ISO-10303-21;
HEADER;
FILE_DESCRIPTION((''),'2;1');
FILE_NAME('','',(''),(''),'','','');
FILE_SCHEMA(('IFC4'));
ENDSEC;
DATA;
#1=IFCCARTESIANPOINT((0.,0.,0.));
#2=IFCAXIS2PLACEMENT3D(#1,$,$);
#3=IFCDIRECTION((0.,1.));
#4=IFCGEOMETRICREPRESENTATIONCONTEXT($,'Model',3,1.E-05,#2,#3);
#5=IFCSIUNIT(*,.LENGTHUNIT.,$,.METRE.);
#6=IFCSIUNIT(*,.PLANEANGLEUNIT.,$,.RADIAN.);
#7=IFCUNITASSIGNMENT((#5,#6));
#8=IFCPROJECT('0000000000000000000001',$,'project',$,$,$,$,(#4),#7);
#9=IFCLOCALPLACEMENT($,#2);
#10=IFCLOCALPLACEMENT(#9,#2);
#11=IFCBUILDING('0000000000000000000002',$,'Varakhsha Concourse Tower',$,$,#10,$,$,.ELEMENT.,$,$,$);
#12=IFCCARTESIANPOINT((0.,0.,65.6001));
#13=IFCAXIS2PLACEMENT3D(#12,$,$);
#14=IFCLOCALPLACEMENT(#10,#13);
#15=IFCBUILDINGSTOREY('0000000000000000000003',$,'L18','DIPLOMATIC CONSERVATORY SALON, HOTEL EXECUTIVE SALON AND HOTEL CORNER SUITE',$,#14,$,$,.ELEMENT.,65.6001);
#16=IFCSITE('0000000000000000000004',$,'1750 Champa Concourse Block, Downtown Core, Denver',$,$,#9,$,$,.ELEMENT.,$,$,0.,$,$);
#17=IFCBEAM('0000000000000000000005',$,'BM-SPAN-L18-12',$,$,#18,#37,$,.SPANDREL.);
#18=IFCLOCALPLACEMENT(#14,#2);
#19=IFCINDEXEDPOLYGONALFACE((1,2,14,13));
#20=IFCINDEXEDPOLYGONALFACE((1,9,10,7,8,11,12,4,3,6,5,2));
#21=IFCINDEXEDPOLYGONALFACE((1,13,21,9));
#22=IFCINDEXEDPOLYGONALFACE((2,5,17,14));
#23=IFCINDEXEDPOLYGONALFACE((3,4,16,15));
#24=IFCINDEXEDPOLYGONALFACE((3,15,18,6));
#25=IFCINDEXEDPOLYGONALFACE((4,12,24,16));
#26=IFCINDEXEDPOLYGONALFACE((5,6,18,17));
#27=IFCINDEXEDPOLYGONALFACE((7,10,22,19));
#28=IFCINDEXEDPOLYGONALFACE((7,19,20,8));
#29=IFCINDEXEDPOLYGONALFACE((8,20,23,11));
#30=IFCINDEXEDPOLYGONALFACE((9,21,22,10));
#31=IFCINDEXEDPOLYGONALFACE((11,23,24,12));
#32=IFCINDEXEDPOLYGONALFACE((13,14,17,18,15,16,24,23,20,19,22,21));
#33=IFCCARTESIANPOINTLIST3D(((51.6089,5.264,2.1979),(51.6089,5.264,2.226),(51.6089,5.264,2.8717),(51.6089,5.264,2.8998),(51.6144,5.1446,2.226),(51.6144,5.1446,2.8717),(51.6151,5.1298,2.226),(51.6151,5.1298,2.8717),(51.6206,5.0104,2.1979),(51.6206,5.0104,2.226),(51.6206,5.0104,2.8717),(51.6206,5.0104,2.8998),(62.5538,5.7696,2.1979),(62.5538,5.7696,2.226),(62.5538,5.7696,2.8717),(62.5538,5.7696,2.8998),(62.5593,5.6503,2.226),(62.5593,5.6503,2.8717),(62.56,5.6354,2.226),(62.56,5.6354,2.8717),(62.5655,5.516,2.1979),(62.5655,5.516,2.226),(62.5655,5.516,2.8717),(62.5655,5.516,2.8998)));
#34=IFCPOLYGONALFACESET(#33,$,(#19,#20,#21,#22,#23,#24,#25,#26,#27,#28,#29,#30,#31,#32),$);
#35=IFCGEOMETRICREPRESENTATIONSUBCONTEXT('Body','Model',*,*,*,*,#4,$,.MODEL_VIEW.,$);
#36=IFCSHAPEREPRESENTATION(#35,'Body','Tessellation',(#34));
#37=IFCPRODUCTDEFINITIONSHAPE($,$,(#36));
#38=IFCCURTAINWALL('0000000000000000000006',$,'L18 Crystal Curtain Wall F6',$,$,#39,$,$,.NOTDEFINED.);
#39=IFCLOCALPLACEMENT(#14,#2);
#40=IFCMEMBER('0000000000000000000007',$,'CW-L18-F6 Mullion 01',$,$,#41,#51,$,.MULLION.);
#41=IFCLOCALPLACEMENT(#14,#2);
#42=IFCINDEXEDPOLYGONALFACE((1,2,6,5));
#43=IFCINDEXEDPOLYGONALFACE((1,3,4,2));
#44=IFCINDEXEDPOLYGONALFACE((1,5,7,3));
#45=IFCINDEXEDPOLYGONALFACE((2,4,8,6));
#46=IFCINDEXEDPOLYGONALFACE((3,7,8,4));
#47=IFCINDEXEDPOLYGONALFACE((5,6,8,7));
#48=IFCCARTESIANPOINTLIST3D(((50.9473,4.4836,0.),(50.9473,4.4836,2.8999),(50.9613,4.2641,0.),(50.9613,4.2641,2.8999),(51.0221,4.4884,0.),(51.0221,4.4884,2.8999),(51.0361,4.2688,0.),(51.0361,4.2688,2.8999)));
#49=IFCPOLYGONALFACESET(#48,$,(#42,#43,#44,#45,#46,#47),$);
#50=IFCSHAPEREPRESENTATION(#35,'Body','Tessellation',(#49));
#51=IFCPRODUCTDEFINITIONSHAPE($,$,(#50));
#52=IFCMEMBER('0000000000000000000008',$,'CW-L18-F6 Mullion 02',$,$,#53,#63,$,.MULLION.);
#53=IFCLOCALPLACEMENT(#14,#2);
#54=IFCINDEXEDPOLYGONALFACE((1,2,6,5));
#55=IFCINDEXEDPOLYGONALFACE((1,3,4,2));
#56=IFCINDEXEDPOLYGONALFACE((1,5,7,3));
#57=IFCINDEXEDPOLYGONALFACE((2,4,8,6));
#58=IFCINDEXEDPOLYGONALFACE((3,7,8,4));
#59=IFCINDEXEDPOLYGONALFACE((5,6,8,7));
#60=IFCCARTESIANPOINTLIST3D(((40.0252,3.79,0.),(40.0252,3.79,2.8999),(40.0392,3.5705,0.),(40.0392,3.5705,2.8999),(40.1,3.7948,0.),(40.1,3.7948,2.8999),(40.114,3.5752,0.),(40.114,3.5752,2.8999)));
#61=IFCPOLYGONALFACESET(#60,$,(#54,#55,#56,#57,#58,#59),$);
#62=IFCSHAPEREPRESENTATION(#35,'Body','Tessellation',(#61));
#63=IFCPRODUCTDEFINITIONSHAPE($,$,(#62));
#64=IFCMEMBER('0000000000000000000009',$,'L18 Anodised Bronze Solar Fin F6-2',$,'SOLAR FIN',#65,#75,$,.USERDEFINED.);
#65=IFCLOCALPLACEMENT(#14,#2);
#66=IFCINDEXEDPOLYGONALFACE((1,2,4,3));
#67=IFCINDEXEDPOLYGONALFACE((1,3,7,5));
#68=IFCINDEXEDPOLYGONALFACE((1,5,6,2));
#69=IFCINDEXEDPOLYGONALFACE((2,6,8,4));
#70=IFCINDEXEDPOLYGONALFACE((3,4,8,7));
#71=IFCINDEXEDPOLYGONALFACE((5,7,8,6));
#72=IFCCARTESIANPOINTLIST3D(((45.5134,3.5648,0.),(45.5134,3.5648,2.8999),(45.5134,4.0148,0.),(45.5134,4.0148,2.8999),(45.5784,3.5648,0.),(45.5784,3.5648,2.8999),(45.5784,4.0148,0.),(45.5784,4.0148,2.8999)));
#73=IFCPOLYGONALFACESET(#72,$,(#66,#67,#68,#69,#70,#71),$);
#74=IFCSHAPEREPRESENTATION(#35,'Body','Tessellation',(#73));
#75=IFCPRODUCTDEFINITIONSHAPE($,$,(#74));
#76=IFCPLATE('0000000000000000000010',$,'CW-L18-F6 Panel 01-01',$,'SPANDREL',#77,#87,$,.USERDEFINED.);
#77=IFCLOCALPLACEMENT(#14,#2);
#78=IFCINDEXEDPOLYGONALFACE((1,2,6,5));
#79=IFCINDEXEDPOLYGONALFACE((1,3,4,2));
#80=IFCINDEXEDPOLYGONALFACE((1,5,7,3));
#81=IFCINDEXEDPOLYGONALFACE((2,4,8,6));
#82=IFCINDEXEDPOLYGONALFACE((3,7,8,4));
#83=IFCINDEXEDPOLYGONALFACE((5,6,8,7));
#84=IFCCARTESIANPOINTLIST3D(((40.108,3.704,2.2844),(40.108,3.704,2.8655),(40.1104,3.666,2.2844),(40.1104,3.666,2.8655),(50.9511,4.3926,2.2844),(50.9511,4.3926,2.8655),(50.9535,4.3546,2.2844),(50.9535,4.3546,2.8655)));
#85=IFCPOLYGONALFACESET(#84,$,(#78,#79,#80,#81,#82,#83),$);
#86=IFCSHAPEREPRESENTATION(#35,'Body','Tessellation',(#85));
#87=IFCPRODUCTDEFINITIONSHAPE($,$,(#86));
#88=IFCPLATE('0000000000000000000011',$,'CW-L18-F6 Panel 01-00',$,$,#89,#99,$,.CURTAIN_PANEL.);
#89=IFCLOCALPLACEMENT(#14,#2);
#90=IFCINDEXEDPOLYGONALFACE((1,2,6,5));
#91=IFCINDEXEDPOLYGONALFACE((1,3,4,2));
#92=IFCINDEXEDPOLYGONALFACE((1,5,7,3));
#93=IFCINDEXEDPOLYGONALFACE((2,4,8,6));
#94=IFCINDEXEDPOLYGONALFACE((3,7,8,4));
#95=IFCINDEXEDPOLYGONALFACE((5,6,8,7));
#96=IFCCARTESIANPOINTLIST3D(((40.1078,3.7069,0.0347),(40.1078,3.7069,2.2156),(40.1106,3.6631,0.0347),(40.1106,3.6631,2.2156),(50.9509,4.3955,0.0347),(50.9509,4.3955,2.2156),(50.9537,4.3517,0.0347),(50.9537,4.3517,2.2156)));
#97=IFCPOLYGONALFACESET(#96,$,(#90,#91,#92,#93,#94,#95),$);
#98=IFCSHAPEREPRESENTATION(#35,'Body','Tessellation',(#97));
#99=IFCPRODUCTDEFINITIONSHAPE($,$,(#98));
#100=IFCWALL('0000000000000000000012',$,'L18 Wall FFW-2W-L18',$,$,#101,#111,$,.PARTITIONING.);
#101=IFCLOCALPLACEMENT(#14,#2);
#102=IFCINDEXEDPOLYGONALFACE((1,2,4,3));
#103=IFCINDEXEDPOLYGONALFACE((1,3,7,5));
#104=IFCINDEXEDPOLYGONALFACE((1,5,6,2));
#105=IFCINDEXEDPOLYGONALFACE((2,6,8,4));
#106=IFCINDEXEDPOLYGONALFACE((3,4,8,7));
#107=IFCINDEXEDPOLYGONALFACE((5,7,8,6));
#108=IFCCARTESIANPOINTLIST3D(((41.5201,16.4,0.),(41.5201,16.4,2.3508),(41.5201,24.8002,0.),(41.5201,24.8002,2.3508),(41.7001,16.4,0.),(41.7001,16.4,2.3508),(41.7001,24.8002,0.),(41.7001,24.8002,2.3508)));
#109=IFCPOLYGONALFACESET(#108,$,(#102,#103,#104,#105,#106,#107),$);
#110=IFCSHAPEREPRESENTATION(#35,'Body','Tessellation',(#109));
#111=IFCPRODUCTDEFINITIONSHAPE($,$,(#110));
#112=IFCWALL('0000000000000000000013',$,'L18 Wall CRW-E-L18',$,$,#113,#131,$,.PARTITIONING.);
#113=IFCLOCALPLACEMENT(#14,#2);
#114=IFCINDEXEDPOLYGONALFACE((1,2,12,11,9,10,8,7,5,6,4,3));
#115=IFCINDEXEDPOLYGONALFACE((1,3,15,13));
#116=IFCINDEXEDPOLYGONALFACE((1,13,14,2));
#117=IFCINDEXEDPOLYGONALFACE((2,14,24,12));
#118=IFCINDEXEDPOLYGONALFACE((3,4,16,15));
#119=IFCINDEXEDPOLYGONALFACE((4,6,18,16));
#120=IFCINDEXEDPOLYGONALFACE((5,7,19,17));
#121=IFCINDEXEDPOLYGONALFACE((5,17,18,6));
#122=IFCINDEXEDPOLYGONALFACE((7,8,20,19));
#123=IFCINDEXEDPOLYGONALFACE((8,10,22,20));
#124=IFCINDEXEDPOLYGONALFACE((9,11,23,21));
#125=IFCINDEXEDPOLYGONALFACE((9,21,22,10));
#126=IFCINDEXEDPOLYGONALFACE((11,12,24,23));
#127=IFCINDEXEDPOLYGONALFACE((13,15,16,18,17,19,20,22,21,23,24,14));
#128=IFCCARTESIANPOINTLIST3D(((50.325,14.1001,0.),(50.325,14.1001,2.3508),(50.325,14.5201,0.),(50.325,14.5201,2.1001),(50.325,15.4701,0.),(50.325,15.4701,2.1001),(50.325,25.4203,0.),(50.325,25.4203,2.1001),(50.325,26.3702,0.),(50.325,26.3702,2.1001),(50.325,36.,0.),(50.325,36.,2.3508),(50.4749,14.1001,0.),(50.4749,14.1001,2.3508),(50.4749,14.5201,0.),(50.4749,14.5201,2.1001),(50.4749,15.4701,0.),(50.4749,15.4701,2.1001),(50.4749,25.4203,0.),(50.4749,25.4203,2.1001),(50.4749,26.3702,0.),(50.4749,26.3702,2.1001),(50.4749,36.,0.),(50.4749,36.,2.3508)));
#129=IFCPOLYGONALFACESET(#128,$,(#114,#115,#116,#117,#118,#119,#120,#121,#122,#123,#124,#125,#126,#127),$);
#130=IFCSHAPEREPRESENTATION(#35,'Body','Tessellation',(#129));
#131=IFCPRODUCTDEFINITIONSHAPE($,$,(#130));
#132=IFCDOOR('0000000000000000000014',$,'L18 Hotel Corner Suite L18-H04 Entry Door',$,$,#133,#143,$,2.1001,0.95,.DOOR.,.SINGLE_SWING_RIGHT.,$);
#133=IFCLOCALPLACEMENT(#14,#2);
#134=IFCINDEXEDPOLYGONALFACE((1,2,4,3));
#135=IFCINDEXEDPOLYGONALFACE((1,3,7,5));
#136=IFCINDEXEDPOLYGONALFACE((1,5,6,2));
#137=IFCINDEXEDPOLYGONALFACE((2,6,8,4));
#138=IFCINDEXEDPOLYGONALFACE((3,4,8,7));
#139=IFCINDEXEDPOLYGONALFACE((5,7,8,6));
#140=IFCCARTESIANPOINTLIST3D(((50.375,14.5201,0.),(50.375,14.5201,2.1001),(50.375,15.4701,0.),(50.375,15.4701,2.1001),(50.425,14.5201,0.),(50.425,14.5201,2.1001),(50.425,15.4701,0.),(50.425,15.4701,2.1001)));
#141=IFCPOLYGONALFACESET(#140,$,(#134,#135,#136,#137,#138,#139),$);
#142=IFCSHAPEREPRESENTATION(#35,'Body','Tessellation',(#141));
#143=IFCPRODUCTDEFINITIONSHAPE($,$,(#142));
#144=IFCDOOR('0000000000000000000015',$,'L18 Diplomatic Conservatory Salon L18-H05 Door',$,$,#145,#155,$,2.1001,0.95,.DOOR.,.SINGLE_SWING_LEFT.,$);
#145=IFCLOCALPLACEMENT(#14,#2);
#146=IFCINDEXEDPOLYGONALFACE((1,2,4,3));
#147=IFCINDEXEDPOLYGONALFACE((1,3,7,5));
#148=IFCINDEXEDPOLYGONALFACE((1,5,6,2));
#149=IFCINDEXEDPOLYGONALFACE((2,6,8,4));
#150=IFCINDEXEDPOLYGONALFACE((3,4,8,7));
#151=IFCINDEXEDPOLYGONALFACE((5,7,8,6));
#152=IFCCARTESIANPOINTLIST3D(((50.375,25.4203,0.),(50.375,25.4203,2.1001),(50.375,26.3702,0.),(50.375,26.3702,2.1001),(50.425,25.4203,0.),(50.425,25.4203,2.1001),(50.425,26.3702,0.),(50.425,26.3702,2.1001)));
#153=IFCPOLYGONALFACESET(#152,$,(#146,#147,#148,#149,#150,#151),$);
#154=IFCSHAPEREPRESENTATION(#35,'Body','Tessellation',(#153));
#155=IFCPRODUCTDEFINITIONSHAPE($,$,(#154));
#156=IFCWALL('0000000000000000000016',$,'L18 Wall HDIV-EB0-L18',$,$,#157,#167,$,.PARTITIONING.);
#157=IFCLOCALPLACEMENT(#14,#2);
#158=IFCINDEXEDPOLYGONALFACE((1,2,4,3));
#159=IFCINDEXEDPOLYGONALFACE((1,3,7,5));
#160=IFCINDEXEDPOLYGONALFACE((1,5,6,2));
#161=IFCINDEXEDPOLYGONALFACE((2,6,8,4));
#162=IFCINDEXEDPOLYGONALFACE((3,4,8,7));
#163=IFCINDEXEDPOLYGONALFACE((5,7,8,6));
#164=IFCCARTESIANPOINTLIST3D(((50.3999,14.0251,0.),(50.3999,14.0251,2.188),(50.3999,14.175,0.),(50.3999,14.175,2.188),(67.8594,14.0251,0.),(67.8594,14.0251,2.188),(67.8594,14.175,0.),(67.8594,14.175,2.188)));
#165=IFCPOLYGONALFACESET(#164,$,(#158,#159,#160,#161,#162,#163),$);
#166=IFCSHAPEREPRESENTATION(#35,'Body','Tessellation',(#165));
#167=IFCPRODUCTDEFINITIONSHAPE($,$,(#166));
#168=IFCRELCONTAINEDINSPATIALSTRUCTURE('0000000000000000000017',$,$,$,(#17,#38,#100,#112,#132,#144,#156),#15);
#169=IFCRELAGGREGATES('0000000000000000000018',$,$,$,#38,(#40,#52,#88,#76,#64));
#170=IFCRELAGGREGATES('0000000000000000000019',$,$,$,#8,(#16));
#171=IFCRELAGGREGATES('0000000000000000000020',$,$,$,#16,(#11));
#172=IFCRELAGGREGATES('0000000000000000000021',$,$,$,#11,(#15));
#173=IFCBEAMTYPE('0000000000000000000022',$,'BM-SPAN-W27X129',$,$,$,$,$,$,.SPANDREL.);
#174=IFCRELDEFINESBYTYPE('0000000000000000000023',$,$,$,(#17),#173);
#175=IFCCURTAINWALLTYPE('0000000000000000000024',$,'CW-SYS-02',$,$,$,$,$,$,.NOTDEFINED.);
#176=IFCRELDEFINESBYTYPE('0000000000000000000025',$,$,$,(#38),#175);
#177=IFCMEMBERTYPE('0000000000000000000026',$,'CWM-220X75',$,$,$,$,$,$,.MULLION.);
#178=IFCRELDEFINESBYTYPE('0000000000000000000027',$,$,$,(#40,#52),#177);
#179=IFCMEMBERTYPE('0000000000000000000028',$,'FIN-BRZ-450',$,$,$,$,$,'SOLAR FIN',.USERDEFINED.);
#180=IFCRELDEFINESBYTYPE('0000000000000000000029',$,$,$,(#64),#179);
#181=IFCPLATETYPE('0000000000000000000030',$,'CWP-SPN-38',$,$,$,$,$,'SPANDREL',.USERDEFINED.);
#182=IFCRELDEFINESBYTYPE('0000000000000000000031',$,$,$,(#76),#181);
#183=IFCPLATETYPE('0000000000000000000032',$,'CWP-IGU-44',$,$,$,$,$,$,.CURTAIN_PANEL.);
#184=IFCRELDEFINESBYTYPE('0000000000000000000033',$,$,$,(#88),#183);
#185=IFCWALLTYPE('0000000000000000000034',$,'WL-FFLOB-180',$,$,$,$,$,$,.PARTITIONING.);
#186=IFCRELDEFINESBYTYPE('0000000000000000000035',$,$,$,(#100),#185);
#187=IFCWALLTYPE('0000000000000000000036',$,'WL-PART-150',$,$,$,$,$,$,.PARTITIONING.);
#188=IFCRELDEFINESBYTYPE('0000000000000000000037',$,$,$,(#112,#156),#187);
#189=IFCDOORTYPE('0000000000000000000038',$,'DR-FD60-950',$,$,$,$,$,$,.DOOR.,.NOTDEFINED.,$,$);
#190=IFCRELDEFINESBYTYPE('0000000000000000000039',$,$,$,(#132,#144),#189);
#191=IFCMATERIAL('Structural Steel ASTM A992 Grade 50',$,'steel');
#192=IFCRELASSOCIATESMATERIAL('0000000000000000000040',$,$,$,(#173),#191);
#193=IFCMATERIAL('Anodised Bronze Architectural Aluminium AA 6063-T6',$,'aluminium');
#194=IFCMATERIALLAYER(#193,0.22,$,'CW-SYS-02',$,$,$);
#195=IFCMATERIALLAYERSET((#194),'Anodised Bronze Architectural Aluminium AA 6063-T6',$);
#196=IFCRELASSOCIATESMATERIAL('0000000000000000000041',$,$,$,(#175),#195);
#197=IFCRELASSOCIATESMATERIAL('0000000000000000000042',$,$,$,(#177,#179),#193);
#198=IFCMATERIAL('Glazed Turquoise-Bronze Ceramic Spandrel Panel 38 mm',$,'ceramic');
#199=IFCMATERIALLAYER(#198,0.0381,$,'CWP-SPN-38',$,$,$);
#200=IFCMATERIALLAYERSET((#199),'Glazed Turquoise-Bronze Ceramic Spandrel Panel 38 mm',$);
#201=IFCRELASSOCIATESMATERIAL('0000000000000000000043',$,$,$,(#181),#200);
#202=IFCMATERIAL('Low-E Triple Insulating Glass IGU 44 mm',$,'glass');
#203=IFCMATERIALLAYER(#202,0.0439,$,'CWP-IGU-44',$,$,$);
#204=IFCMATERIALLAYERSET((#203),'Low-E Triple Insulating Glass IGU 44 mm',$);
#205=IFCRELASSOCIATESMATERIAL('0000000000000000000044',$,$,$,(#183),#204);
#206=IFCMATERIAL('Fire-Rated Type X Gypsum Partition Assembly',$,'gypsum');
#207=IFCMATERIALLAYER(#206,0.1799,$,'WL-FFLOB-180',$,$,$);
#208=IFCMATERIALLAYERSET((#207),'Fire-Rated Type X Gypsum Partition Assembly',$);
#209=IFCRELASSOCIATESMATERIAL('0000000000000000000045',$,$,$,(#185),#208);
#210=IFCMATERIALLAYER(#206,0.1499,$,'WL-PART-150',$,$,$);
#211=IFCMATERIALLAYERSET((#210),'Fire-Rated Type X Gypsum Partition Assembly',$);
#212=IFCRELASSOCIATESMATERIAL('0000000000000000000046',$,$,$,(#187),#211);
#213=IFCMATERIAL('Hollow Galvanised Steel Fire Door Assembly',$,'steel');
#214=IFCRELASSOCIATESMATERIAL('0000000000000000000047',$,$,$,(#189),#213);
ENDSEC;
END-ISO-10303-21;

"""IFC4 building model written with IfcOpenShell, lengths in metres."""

from ifc_helpers import new_model, si_unit, direction, frame, frame_2d, origin, origin_2d, place, context, subcontext, project, spatial, rectangle, i_section, extrude, source, transform, mapped, material, layer, layer_set, material_profile, profile_set, type_object, type_shapes, element, fill, aggregate, save


model = new_model("IFC4")

# Units and contexts
model_context = context("Model", 3, precision=1e-05, world=origin(), true_north=direction((0.0, 1.0)))
body_context = subcontext(model_context, "Body", "Model", "MODEL_VIEW")
ifc_project = project(units=[si_unit("LENGTHUNIT", "METRE"), si_unit("PLANEANGLEUNIT", "RADIAN")], contexts=[model_context])

# Site, building, storey
site_placement = place(None, origin())
site = spatial("IfcSite", under=ifc_project, at=site_placement, Name="1750 Champa Concourse Block, Downtown Core, Denver", CompositionType="ELEMENT", RefElevation=0.0)
building_placement = place(site_placement, origin())
building = spatial("IfcBuilding", under=site, at=building_placement, Name="Varakhsha Concourse Tower", CompositionType="ELEMENT")
storey_placement = place(building_placement, frame((0.0, 0.0, 65.6001)))
storey = spatial("IfcBuildingStorey", under=building, at=storey_placement, Name="L18", Description="DIPLOMATIC CONSERVATORY SALON, HOTEL EXECUTIVE SALON AND HOTEL CORNER SUITE", CompositionType="ELEMENT", Elevation=65.6001)

# Shared definitions
ifc_material_1 = material(Name="Structural Steel ASTM A992 Grade 50", Category="steel")

# Beam
ifc_material_profile_1 = material_profile(ifc_material_1, i_section(OverallWidth=0.2539, OverallDepth=0.7019, WebThickness=0.0149, FlangeThickness=0.0281, at=origin_2d()), Name="W27X129")
ifc_profile_set_1 = profile_set([ifc_material_profile_1], Name="Structural Steel ASTM A992 Grade 50")
beam_type_1 = type_object("IfcBeamType", Name="BM-SPAN-W27X129", PredefinedType="SPANDREL", material=ifc_profile_set_1)
beam_1_placement = place(storey_placement, frame((51.6147, 5.1372, 2.5488), z_axis=(0.998935, 0.046148, 0.0), x_axis=(-0.046148, 0.998935, 0.0)))
element("IfcBeam", 1, at=beam_1_placement, inside=storey, type_object=beam_type_1, Name="BM-SPAN-L18-12", PredefinedType="SPANDREL", context=body_context, shape_type="SweptSolid", body=[
    extrude(i_section(OverallWidth=0.2539, OverallDepth=0.7019, WebThickness=0.0149, FlangeThickness=0.0281, at=origin_2d()), origin(), (0.0, 0.0, 1.0), 10.9565),
])

# Curtain wall, members, plates
ifc_material_2 = material(Name="Anodised Bronze Architectural Aluminium AA 6063-T6", Category="aluminium")
ifc_layer_1 = layer(ifc_material_2, 0.22, Name="CW-SYS-02")
ifc_layer_set_1 = layer_set([ifc_layer_1], Name="Anodised Bronze Architectural Aluminium AA 6063-T6")
curtain_wall_type = type_object("IfcCurtainWallType", Name="CW-SYS-02", PredefinedType="NOTDEFINED", material=ifc_layer_set_1)
curtain_wall_placement = place(storey_placement, origin())
curtain_wall = element("IfcCurtainWall", 2, at=curtain_wall_placement, inside=storey, type_object=curtain_wall_type, Name="L18 Crystal Curtain Wall F6", PredefinedType="NOTDEFINED")
ifc_material_profile_2 = material_profile(ifc_material_2, rectangle(XDim=0.075, YDim=0.22, at=origin_2d()), Name="CWM-220X75")
ifc_profile_set_2 = profile_set([ifc_material_profile_2], Name="Anodised Bronze Architectural Aluminium AA 6063-T6")
member_type_1 = type_object("IfcMemberType", Name="CWM-220X75", PredefinedType="MULLION", material=ifc_profile_set_2)
shared_shape_1 = source(origin(), body_context, "Body", "SweptSolid", [
    extrude(rectangle(XDim=0.075, YDim=0.22, at=origin_2d()), origin(), (0.0, 0.0, 1.0), 2.8999),
])
type_shapes(member_type_1, [shared_shape_1])
member_1_placement = place(storey_placement, frame((50.9917, 4.3762, 0.0), z_axis=(0.0, 0.0, 1.0), x_axis=(-0.99799, -0.063378, 0.0)))
member_1 = element("IfcMember", 3, at=member_1_placement, type_object=member_type_1, Name="CW-L18-F6 Mullion 01", PredefinedType="MULLION", context=body_context, shape_type="MappedRepresentation", body=[
    mapped(shared_shape_1, transform((0.0, 0.0, 0.0), scale=1.0)),
])
member_2_placement = place(storey_placement, frame((40.0696, 3.6826, 0.0), z_axis=(0.0, 0.0, 1.0), x_axis=(-0.99799, -0.063378, 0.0)))
member_2 = element("IfcMember", 4, at=member_2_placement, type_object=member_type_1, Name="CW-L18-F6 Mullion 02", PredefinedType="MULLION", context=body_context, shape_type="MappedRepresentation", body=[
    mapped(shared_shape_1, transform((0.0, 0.0, 0.0), scale=1.0)),
])
ifc_material_profile_3 = material_profile(ifc_material_2, rectangle(XDim=0.0649, YDim=0.45, at=origin_2d()), Name="FIN-BRZ-450")
ifc_profile_set_3 = profile_set([ifc_material_profile_3], Name="Anodised Bronze Architectural Aluminium AA 6063-T6")
member_type_2 = type_object("IfcMemberType", Name="FIN-BRZ-450", ElementType="SOLAR FIN", PredefinedType="USERDEFINED", material=ifc_profile_set_3)
shared_shape_2 = source(origin(), body_context, "Body", "SweptSolid", [
    extrude(rectangle(XDim=0.0649, YDim=0.45, at=origin_2d()), origin(), (0.0, 0.0, 1.0), 2.8999),
])
type_shapes(member_type_2, [shared_shape_2])
member_3_placement = place(storey_placement, frame((45.5459, 3.7898, 0.0), z_axis=(0.0, 0.0, 1.0), x_axis=(1.0, 0.0, 0.0)))
member_3 = element("IfcMember", 5, at=member_3_placement, type_object=member_type_2, Name="L18 Anodised Bronze Solar Fin F6-2", ObjectType="SOLAR FIN", PredefinedType="USERDEFINED", context=body_context, shape_type="MappedRepresentation", body=[
    mapped(shared_shape_2, transform((0.0, 0.0, 0.0), scale=1.0)),
])
ifc_material_3 = material(Name="Glazed Turquoise-Bronze Ceramic Spandrel Panel 38 mm", Category="ceramic")
ifc_layer_2 = layer(ifc_material_3, 0.0381, Name="CWP-SPN-38")
ifc_layer_set_2 = layer_set([ifc_layer_2], Name="Glazed Turquoise-Bronze Ceramic Spandrel Panel 38 mm")
plate_type_1 = type_object("IfcPlateType", Name="CWP-SPN-38", ElementType="SPANDREL", PredefinedType="USERDEFINED", material=ifc_layer_set_2)
shared_shape_3 = source(origin(), body_context, "Body", "SweptSolid", [
    extrude(rectangle(XDim=10.865, YDim=0.0381, at=origin_2d()), origin(), (0.0, 0.0, 1.0), 0.5811),
])
type_shapes(plate_type_1, [shared_shape_3])
plate_1_placement = place(storey_placement, frame((45.5308, 4.0293, 2.2844), z_axis=(0.0, 0.0, 1.0), x_axis=(-0.99799, -0.063378, 0.0)))
plate_1 = element("IfcPlate", 6, at=plate_1_placement, type_object=plate_type_1, Name="CW-L18-F6 Panel 01-01", ObjectType="SPANDREL", PredefinedType="USERDEFINED", context=body_context, shape_type="MappedRepresentation", body=[
    mapped(shared_shape_3, transform((0.0, 0.0, 0.0), scale=1.0)),
])
ifc_material_4 = material(Name="Low-E Triple Insulating Glass IGU 44 mm", Category="glass")
ifc_layer_3 = layer(ifc_material_4, 0.0439, Name="CWP-IGU-44")
ifc_layer_set_3 = layer_set([ifc_layer_3], Name="Low-E Triple Insulating Glass IGU 44 mm")
plate_type_2 = type_object("IfcPlateType", Name="CWP-IGU-44", PredefinedType="CURTAIN_PANEL", material=ifc_layer_set_3)
shared_shape_4 = source(origin(), body_context, "Body", "SweptSolid", [
    extrude(rectangle(XDim=10.865, YDim=0.0439, at=origin_2d()), origin(), (0.0, 0.0, 1.0), 2.1809),
])
type_shapes(plate_type_2, [shared_shape_4])
plate_2_placement = place(storey_placement, frame((45.5308, 4.0293, 0.0347), z_axis=(0.0, 0.0, 1.0), x_axis=(-0.99799, -0.063378, 0.0)))
plate_2 = element("IfcPlate", 7, at=plate_2_placement, type_object=plate_type_2, Name="CW-L18-F6 Panel 01-00", PredefinedType="CURTAIN_PANEL", context=body_context, shape_type="MappedRepresentation", body=[
    mapped(shared_shape_4, transform((0.0, 0.0, 0.0), scale=1.0)),
])
aggregate(curtain_wall, [member_1, member_2, plate_2, plate_1, member_3])

# Wall
ifc_material_5 = material(Name="Fire-Rated Type X Gypsum Partition Assembly", Category="gypsum")
ifc_layer_4 = layer(ifc_material_5, 0.1799, Name="WL-FFLOB-180")
ifc_layer_set_4 = layer_set([ifc_layer_4], Name="Fire-Rated Type X Gypsum Partition Assembly")
wall_type_1 = type_object("IfcWallType", Name="WL-FFLOB-180", PredefinedType="PARTITIONING", material=ifc_layer_set_4)
wall_1_placement = place(storey_placement, frame((41.6101, 16.3999, 0.0), z_axis=(0.0, 0.0, 1.0), x_axis=(0.0, 1.0, 0.0)))
element("IfcWall", 8, at=wall_1_placement, inside=storey, type_object=wall_type_1, Name="L18 Wall FFW-2W-L18", PredefinedType="PARTITIONING", context=body_context, shape_type="SweptSolid", body=[
    extrude(rectangle(XDim=8.4001, YDim=0.1799, at=frame_2d((4.2002, 0.0))), origin(), (0.0, 0.0, 1.0), 2.3508),
])

# Wall, openings, doors
ifc_layer_5 = layer(ifc_material_5, 0.1499, Name="WL-PART-150")
ifc_layer_set_5 = layer_set([ifc_layer_5], Name="Fire-Rated Type X Gypsum Partition Assembly")
wall_type_2 = type_object("IfcWallType", Name="WL-PART-150", PredefinedType="PARTITIONING", material=ifc_layer_set_5)
wall_2_placement = place(storey_placement, frame((50.3999, 14.1001, 0.0), z_axis=(0.0, 0.0, 1.0), x_axis=(0.0, 1.0, 0.0)))
wall_2 = element("IfcWall", 9, at=wall_2_placement, inside=storey, type_object=wall_type_2, Name="L18 Wall CRW-E-L18", PredefinedType="PARTITIONING", context=body_context, shape_type="SweptSolid", body=[
    extrude(rectangle(XDim=21.8999, YDim=0.1499, at=frame_2d((10.95, 0.0))), origin(), (0.0, 0.0, 1.0), 2.3508),
])
opening_1_placement = place(wall_2_placement, frame((0.4199, 0.0, 0.0)))
opening_1 = element("IfcOpeningElement", 10, at=opening_1_placement, cuts=wall_2, PredefinedType="OPENING", context=body_context, shape_type="SweptSolid", body=[
    extrude(rectangle(XDim=0.95, YDim=2.1001, at=frame_2d((0.4751, 1.05))), frame((0.0, 0.085, 0.0), z_axis=(0.0, -1.0, 0.0), x_axis=(1.0, 0.0, 0.0)), (0.0, 0.0, 1.0), 0.1699),
])
opening_2_placement = place(wall_2_placement, frame((11.3201, 0.0, 0.0)))
opening_2 = element("IfcOpeningElement", 11, at=opening_2_placement, cuts=wall_2, PredefinedType="OPENING", context=body_context, shape_type="SweptSolid", body=[
    extrude(rectangle(XDim=0.95, YDim=2.1001, at=frame_2d((0.4751, 1.05))), frame((0.0, 0.085, 0.0), z_axis=(0.0, -1.0, 0.0), x_axis=(1.0, 0.0, 0.0)), (0.0, 0.0, 1.0), 0.1699),
])
ifc_material_6 = material(Name="Hollow Galvanised Steel Fire Door Assembly", Category="steel")
door_type = type_object("IfcDoorType", Name="DR-FD60-950", OperationType="NOTDEFINED", PredefinedType="DOOR", material=ifc_material_6)
door_1_placement = place(opening_1_placement, origin())
door_1 = element("IfcDoor", 12, at=door_1_placement, inside=storey, type_object=door_type, Name="L18 Hotel Corner Suite L18-H04 Entry Door", OperationType="SINGLE_SWING_RIGHT", OverallHeight=2.1001, OverallWidth=0.95, PredefinedType="DOOR", context=body_context, shape_type="SweptSolid", body=[
    extrude(rectangle(XDim=0.95, YDim=2.1001, at=frame_2d((0.4751, 1.05))), frame((0.0, 0.0249, 0.0), z_axis=(0.0, -1.0, 0.0), x_axis=(1.0, 0.0, 0.0)), (0.0, 0.0, 1.0), 0.05),
])
fill(opening_1, door_1)
door_2_placement = place(opening_2_placement, origin())
door_2 = element("IfcDoor", 13, at=door_2_placement, inside=storey, type_object=door_type, Name="L18 Diplomatic Conservatory Salon L18-H05 Door", OperationType="SINGLE_SWING_LEFT", OverallHeight=2.1001, OverallWidth=0.95, PredefinedType="DOOR", context=body_context, shape_type="SweptSolid", body=[
    extrude(rectangle(XDim=0.95, YDim=2.1001, at=frame_2d((0.4751, 1.05))), frame((0.0, 0.0249, 0.0), z_axis=(0.0, -1.0, 0.0), x_axis=(1.0, 0.0, 0.0)), (0.0, 0.0, 1.0), 0.05),
])
fill(opening_2, door_2)

# Wall
wall_3_placement = place(storey_placement, frame((50.3999, 14.1001, 0.0), z_axis=(0.0, 0.0, 1.0), x_axis=(1.0, 0.0, 0.0)))
element("IfcWall", 14, at=wall_3_placement, inside=storey, type_object=wall_type_2, Name="L18 Wall HDIV-EB0-L18", PredefinedType="PARTITIONING", context=body_context, shape_type="SweptSolid", body=[
    extrude(rectangle(XDim=17.4595, YDim=0.1499, at=frame_2d((8.7297, 0.0))), origin(), (0.0, 0.0, 1.0), 2.188),
])

save(model, "model.ifc")
